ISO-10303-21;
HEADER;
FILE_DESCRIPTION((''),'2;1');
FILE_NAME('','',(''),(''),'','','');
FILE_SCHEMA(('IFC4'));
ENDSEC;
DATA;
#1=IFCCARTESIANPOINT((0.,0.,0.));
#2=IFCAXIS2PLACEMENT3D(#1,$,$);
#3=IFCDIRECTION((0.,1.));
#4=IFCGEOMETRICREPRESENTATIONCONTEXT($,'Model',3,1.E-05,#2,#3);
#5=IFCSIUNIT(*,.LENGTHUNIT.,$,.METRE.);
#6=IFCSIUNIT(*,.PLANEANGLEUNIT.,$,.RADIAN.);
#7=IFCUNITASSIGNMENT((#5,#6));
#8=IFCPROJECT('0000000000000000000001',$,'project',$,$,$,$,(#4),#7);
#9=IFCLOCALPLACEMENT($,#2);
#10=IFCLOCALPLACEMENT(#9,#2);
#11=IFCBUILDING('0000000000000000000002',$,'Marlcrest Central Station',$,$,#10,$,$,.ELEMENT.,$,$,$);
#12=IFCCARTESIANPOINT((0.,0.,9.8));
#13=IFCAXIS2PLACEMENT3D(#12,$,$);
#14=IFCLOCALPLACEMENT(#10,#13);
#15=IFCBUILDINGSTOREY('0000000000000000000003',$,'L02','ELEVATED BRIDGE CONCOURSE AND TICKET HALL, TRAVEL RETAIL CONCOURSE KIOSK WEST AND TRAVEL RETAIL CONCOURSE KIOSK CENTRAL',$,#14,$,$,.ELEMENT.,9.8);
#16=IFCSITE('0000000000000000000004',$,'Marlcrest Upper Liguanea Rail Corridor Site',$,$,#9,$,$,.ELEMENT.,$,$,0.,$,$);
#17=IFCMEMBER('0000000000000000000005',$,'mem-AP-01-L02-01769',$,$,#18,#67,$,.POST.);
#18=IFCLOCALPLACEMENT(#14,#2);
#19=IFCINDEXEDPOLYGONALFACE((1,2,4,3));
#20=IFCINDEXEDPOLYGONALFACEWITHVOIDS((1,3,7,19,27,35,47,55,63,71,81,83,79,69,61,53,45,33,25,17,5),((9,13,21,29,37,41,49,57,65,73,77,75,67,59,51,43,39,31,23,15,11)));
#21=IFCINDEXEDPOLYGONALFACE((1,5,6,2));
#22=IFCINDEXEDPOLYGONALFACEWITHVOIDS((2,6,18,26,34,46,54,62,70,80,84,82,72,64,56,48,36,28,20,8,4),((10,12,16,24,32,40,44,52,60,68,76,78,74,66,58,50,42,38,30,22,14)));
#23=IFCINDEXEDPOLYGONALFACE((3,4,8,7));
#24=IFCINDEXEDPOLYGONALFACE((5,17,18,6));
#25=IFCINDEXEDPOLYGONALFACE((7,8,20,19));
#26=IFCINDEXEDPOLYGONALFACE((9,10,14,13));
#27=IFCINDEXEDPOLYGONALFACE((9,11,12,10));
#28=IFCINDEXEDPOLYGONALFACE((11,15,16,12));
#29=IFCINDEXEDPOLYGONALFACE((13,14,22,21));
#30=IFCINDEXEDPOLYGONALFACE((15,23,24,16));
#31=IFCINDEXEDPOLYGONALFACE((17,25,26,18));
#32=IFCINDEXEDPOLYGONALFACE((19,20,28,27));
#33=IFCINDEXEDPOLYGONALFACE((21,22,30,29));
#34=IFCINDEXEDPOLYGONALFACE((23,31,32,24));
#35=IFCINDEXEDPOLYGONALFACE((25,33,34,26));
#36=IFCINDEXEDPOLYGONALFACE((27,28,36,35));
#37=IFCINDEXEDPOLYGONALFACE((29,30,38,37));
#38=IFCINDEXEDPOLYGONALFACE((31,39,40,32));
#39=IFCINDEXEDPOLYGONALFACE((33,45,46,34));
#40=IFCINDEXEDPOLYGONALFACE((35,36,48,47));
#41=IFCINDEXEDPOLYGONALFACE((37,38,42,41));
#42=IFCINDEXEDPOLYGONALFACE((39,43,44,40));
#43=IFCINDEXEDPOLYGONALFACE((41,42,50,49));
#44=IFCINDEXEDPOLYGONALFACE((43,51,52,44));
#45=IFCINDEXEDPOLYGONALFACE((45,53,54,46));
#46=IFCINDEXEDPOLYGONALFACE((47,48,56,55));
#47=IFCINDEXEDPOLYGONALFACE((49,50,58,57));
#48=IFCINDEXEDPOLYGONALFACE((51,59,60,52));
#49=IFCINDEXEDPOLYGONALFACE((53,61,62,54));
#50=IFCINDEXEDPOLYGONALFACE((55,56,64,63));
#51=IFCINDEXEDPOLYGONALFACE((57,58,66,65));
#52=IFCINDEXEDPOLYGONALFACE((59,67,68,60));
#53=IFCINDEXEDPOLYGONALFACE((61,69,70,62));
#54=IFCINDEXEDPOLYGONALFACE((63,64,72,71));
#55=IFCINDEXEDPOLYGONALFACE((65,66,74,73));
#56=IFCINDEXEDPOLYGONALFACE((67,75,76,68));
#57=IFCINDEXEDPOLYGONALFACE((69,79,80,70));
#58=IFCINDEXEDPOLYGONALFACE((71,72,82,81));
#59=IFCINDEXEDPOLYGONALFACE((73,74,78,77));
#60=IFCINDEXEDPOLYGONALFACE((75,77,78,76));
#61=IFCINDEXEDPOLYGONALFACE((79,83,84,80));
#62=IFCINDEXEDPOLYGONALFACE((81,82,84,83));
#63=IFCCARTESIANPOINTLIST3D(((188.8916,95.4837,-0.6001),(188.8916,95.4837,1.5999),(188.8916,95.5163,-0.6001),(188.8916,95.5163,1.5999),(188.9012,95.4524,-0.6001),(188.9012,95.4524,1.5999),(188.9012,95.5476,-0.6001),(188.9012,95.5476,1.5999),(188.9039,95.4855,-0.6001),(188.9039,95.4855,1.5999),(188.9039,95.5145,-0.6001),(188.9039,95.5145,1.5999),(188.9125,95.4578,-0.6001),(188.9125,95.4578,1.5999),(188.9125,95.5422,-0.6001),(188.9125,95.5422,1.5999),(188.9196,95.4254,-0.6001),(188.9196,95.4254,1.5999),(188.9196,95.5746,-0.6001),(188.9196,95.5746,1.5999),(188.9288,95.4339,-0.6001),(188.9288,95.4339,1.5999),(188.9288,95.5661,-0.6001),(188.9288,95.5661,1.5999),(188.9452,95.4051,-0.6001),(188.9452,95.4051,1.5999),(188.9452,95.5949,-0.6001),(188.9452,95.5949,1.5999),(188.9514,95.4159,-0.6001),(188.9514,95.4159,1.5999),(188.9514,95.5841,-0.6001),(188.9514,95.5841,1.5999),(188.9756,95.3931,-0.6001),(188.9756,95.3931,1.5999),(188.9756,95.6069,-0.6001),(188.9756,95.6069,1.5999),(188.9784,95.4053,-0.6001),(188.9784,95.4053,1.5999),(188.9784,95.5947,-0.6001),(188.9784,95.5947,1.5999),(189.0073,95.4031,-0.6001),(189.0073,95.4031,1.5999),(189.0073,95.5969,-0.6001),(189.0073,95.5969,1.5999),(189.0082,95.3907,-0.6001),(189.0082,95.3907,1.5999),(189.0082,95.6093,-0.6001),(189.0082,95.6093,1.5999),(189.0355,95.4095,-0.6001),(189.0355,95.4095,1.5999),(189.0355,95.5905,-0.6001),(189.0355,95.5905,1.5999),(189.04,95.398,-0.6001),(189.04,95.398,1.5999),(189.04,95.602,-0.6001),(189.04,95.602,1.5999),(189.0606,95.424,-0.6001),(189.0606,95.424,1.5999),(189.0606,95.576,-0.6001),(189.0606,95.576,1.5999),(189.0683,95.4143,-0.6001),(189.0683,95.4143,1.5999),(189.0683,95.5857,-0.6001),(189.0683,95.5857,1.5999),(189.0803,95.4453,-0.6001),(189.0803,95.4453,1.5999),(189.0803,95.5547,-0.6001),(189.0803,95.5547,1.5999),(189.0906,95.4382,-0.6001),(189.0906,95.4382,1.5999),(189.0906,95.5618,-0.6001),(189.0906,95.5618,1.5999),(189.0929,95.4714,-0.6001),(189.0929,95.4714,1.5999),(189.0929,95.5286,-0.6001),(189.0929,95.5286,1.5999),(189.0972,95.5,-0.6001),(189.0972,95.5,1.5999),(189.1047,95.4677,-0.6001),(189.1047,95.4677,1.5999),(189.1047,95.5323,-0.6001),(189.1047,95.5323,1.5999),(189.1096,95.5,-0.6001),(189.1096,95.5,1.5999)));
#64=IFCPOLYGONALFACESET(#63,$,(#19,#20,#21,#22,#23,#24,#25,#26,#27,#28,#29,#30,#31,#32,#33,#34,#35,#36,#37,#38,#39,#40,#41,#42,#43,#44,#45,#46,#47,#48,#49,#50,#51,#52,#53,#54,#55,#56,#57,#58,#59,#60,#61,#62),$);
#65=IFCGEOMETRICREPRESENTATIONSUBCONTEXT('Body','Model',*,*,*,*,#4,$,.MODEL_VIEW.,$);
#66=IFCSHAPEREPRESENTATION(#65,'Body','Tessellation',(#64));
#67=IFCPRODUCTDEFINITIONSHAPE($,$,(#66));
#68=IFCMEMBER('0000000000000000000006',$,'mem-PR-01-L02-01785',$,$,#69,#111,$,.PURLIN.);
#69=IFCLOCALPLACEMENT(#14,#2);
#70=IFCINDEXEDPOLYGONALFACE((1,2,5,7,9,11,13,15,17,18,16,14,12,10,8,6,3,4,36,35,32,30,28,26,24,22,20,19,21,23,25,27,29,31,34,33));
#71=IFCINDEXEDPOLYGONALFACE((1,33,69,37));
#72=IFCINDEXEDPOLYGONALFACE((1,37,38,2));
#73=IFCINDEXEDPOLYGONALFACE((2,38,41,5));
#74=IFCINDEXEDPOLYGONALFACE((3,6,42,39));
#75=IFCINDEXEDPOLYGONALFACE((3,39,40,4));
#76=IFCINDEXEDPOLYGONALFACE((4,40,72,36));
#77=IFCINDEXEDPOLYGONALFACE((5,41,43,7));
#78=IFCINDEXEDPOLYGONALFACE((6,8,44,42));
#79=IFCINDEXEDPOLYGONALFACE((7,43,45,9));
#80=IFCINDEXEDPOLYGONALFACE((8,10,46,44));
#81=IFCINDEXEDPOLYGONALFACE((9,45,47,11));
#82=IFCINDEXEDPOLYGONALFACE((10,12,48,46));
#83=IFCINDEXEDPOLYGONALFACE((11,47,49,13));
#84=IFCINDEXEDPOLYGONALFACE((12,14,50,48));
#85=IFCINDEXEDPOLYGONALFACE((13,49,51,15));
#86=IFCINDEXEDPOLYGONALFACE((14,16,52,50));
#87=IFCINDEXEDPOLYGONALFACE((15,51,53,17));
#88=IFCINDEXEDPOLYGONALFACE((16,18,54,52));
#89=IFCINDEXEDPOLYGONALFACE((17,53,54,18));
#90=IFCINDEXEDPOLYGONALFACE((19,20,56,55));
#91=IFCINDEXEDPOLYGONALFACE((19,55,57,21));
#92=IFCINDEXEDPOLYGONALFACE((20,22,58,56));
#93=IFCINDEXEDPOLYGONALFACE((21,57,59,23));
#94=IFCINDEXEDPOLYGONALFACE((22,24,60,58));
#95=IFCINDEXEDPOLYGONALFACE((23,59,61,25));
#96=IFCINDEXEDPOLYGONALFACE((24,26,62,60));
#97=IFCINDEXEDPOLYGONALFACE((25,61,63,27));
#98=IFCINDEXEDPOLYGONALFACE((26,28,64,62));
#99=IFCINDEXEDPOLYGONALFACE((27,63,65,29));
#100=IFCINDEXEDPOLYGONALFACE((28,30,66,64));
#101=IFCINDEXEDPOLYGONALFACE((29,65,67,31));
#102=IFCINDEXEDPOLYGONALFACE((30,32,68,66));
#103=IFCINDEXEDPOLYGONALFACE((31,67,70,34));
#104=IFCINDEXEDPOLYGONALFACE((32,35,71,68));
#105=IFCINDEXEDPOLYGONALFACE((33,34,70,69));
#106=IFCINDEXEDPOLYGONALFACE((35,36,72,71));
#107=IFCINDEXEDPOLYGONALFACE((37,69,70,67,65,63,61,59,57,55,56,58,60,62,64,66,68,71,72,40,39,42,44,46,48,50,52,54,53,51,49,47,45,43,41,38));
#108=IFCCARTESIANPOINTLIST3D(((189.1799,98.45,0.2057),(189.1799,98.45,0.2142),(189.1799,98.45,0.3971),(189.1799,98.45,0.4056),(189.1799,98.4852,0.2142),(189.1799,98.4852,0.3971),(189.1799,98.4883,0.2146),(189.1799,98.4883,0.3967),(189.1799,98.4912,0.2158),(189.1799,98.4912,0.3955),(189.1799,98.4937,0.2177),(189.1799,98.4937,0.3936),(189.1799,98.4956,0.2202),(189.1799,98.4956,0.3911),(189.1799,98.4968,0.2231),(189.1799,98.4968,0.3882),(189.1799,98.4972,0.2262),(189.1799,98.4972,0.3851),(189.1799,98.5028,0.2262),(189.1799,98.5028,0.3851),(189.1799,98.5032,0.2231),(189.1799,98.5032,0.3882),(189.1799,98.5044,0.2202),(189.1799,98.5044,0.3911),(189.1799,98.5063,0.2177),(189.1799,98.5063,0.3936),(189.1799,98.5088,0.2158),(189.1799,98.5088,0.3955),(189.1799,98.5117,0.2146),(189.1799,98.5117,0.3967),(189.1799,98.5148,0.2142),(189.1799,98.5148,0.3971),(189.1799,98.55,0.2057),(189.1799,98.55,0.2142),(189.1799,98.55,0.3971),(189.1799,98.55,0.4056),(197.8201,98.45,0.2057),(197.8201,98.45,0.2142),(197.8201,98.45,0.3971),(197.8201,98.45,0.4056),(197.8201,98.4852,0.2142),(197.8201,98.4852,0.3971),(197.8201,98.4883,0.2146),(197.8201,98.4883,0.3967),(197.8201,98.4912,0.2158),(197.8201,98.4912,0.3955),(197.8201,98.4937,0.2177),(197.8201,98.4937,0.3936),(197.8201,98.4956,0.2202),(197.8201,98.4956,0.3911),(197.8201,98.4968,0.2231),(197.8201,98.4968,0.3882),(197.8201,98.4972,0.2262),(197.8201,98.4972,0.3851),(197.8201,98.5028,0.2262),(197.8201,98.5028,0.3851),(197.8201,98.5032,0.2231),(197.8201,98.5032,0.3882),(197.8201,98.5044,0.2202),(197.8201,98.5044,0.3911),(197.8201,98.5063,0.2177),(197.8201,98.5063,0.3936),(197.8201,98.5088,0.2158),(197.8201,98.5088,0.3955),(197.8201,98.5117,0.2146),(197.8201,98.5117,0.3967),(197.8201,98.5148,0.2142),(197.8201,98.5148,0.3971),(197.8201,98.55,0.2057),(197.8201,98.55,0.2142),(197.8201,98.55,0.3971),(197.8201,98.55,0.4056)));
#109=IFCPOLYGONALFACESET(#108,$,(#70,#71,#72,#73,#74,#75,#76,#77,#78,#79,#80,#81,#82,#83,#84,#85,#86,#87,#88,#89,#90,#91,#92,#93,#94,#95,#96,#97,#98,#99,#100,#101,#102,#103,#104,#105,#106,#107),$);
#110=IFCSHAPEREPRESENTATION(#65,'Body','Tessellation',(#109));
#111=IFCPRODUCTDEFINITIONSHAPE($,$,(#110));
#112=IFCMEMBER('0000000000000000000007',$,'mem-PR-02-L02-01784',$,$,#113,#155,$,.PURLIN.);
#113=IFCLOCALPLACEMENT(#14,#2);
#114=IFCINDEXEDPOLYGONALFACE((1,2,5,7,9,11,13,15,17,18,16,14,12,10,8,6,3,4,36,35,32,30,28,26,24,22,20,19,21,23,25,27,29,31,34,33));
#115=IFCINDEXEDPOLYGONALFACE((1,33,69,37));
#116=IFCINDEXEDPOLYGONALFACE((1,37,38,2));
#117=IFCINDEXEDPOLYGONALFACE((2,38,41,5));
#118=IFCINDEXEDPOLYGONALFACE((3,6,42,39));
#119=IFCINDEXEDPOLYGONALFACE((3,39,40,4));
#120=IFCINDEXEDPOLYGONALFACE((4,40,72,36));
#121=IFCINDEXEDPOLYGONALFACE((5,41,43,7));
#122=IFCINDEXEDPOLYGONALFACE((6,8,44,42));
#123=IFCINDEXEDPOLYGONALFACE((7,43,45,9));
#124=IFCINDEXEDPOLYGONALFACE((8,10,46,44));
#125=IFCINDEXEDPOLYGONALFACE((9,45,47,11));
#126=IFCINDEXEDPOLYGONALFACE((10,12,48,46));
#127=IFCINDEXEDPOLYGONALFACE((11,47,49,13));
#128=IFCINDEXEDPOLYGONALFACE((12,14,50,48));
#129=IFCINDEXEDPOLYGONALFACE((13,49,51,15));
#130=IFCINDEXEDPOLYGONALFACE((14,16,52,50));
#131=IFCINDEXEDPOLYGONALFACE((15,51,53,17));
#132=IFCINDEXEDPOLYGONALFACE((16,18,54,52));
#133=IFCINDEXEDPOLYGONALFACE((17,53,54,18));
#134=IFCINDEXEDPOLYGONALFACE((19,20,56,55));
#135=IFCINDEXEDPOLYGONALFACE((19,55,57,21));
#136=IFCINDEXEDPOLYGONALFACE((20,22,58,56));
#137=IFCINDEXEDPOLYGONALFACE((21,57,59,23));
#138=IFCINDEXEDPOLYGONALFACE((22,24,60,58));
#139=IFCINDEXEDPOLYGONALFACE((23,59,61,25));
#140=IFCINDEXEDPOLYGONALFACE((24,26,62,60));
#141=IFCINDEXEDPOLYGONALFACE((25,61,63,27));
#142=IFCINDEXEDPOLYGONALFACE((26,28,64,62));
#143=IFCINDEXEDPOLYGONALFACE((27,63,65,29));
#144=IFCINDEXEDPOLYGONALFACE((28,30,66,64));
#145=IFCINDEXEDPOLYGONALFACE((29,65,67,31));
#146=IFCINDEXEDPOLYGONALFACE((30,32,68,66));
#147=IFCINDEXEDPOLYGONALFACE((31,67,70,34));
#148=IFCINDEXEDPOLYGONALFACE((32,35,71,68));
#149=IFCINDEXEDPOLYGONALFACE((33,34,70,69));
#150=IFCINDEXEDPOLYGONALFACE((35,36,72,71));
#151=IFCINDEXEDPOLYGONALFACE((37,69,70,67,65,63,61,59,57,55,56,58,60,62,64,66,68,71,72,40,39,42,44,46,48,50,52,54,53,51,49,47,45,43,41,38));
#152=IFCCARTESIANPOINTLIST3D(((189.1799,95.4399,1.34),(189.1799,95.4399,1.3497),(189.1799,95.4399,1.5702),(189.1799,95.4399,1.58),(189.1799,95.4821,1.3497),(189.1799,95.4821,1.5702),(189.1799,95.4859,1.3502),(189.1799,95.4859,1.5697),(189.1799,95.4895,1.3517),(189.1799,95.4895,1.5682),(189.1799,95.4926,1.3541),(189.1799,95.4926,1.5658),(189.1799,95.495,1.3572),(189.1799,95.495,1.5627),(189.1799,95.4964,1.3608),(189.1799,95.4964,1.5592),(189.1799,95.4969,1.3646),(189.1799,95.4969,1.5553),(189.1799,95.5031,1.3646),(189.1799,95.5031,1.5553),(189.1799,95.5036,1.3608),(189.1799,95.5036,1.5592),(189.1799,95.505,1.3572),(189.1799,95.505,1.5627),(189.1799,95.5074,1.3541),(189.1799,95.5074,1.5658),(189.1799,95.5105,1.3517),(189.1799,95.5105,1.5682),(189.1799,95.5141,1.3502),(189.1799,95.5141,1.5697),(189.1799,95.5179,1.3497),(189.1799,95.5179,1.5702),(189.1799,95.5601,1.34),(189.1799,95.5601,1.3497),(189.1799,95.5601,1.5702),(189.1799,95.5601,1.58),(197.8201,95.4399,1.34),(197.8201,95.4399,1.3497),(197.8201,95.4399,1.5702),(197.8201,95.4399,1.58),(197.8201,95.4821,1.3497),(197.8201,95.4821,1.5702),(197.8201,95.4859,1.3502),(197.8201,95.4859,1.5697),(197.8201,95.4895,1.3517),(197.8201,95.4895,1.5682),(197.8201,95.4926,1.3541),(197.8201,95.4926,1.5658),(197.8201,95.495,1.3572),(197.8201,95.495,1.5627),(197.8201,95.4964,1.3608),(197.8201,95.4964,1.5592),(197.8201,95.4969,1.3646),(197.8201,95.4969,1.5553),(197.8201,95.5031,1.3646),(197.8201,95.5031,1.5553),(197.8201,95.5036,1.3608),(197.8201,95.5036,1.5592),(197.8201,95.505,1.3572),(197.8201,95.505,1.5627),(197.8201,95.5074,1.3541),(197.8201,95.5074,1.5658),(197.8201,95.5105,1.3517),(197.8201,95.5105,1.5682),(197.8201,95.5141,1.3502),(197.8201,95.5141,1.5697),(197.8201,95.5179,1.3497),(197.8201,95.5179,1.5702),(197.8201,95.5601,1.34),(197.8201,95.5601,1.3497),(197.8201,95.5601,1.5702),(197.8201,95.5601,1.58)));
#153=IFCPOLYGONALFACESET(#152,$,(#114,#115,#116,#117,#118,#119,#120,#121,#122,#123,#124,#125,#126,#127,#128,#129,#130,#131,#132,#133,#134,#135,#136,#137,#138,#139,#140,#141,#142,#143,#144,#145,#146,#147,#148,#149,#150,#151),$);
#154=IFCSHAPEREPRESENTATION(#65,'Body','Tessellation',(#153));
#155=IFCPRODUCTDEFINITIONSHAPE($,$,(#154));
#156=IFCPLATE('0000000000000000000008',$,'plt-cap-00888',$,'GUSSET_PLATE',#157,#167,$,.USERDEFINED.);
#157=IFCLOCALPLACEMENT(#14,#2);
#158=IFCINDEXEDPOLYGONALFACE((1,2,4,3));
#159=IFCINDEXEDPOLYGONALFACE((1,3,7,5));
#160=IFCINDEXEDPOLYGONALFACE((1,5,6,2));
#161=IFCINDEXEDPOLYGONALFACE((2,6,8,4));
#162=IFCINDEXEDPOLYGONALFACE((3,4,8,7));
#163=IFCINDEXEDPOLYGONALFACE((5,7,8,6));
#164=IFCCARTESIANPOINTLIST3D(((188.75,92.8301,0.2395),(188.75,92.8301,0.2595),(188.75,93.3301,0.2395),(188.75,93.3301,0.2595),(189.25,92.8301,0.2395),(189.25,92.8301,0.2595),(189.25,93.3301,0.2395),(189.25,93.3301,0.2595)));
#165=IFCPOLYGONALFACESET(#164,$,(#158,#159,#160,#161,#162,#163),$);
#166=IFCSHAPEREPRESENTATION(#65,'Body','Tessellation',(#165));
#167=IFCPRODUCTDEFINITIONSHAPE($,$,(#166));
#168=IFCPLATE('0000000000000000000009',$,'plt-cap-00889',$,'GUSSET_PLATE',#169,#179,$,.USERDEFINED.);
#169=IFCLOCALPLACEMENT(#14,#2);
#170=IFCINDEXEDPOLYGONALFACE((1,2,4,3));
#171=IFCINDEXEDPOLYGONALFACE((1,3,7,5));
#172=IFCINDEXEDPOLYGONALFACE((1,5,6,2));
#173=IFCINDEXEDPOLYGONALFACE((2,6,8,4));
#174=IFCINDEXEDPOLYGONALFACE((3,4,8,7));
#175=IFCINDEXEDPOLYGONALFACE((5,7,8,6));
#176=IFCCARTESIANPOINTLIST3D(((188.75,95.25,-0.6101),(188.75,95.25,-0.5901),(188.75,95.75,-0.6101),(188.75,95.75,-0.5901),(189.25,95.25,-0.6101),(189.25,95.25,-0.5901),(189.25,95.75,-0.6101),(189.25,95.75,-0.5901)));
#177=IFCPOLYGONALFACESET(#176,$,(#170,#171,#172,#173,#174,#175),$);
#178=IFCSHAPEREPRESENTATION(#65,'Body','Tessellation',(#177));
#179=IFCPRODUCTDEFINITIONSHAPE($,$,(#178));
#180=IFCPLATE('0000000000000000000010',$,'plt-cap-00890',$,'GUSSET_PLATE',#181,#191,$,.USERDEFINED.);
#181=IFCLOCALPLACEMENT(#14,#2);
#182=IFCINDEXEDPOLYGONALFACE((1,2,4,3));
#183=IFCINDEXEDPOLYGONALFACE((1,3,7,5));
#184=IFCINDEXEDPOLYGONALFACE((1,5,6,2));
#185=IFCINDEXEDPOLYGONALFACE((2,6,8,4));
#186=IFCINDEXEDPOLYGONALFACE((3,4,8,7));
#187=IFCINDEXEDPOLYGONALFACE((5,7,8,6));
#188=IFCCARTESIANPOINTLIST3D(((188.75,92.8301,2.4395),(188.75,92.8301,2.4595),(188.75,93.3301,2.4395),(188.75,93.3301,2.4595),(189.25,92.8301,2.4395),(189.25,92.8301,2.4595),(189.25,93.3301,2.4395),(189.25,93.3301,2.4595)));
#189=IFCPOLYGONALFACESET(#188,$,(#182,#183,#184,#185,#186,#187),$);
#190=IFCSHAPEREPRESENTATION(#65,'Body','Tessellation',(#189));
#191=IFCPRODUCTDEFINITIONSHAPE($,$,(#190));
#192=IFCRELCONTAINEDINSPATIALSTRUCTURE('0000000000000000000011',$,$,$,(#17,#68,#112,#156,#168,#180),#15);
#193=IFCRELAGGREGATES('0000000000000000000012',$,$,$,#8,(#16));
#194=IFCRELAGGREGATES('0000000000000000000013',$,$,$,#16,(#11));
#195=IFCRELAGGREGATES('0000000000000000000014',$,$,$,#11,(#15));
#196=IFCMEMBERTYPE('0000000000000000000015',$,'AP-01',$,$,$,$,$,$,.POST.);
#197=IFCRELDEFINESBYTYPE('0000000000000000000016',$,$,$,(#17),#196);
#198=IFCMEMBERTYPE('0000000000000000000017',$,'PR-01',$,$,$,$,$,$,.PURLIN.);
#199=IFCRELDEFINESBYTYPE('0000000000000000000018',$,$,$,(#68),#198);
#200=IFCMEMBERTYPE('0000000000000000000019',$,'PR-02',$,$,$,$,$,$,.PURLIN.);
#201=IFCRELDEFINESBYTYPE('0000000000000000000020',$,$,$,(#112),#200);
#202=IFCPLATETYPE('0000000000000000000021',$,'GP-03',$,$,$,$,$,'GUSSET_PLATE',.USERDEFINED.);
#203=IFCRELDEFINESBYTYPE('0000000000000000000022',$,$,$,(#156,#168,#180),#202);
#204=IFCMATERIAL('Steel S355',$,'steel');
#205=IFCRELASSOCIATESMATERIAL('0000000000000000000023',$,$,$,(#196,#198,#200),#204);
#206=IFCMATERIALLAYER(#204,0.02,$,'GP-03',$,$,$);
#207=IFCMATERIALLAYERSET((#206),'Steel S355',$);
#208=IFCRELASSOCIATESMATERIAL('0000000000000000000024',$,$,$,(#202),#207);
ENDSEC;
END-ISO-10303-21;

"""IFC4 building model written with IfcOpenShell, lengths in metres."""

from ifc_helpers import new_model, si_unit, direction, frame, origin, origin_2d, place, context, subcontext, project, spatial, rectangle, hollow_circle, i_section, extrude, material, layer, layer_set, material_profile, profile_set, type_object, element, save


model = new_model("IFC4")

# Units and contexts
model_context = context("Model", 3, precision=1e-05, world=origin(), true_north=direction((0.0, 1.0)))
body_context = subcontext(model_context, "Body", "Model", "MODEL_VIEW")
ifc_project = project(units=[si_unit("LENGTHUNIT", "METRE"), si_unit("PLANEANGLEUNIT", "RADIAN")], contexts=[model_context])

# Site, building, storey
site_placement = place(None, origin())
site = spatial("IfcSite", under=ifc_project, at=site_placement, Name="Marlcrest Upper Liguanea Rail Corridor Site", CompositionType="ELEMENT", RefElevation=0.0)
building_placement = place(site_placement, origin())
building = spatial("IfcBuilding", under=site, at=building_placement, Name="Marlcrest Central Station", CompositionType="ELEMENT")
storey_placement = place(building_placement, frame((0.0, 0.0, 9.8)))
storey = spatial("IfcBuildingStorey", under=building, at=storey_placement, Name="L02", Description="ELEVATED BRIDGE CONCOURSE AND TICKET HALL, TRAVEL RETAIL CONCOURSE KIOSK WEST AND TRAVEL RETAIL CONCOURSE KIOSK CENTRAL", CompositionType="ELEMENT", Elevation=9.8)

# Members
ifc_material_1 = material(Name="Steel S355", Category="steel")
ifc_material_profile_1 = material_profile(ifc_material_1, hollow_circle(Radius=0.1096, WallThickness=0.0125, at=origin_2d()), Name="CHS 219.1x12.5")
ifc_profile_set_1 = profile_set([ifc_material_profile_1], Name="Steel S355")
member_type_1 = type_object("IfcMemberType", Name="AP-01", PredefinedType="POST", material=ifc_profile_set_1)
for number, where, z_axis, x_axis, name in (
    (1, (189.0, 95.5, -0.6001), (0.0, 0.0, 1.0), (1.0, 0.0, 0.0), "mem-AP-01-L02-01769"),
):
    element("IfcMember", number, at=place(storey_placement, frame(where, z_axis=z_axis, x_axis=x_axis)), inside=storey, type_object=member_type_1, Name=name, PredefinedType="POST", context=body_context, shape_type="SweptSolid", body=[
        extrude(hollow_circle(Radius=0.1096, WallThickness=0.0125, at=origin_2d()), origin(), (0.0, 0.0, 1.0), 2.2),
    ])
ifc_material_profile_2 = material_profile(ifc_material_1, i_section(OverallWidth=0.1001, OverallDepth=0.2, WebThickness=0.0056, FlangeThickness=0.0085, FilletRadius=0.012, at=origin_2d()), Name="IPE 200")
ifc_profile_set_2 = profile_set([ifc_material_profile_2], Name="Steel S355")
member_type_2 = type_object("IfcMemberType", Name="PR-01", PredefinedType="PURLIN", material=ifc_profile_set_2)
member_1_placement = place(storey_placement, frame((189.1799, 98.5, 0.3057), z_axis=(1.0, 0.0, 0.0), x_axis=(0.0, 1.0, 0.0)))
element("IfcMember", 2, at=member_1_placement, inside=storey, type_object=member_type_2, Name="mem-PR-01-L02-01785", PredefinedType="PURLIN", context=body_context, shape_type="SweptSolid", body=[
    extrude(i_section(OverallWidth=0.1001, OverallDepth=0.2, WebThickness=0.0056, FlangeThickness=0.0085, FilletRadius=0.012, at=origin_2d()), origin(), (0.0, 0.0, 1.0), 8.6401),
])
ifc_material_profile_3 = material_profile(ifc_material_1, i_section(OverallWidth=0.1201, OverallDepth=0.24, WebThickness=0.0061, FlangeThickness=0.0098, FilletRadius=0.0149, at=origin_2d()), Name="IPE 240")
ifc_profile_set_3 = profile_set([ifc_material_profile_3], Name="Steel S355")
member_type_3 = type_object("IfcMemberType", Name="PR-02", PredefinedType="PURLIN", material=ifc_profile_set_3)
member_2_placement = place(storey_placement, frame((189.1799, 95.5, 1.46), z_axis=(1.0, 0.0, 0.0), x_axis=(0.0, 1.0, 0.0)))
element("IfcMember", 3, at=member_2_placement, inside=storey, type_object=member_type_3, Name="mem-PR-02-L02-01784", PredefinedType="PURLIN", context=body_context, shape_type="SweptSolid", body=[
    extrude(i_section(OverallWidth=0.1201, OverallDepth=0.24, WebThickness=0.0061, FlangeThickness=0.0098, FilletRadius=0.0149, at=origin_2d()), origin(), (0.0, 0.0, 1.0), 8.6401),
])

# Plates
ifc_layer_1 = layer(ifc_material_1, 0.02, Name="GP-03")
ifc_layer_set_1 = layer_set([ifc_layer_1], Name="Steel S355")
plate_type = type_object("IfcPlateType", Name="GP-03", ElementType="GUSSET_PLATE", PredefinedType="USERDEFINED", material=ifc_layer_set_1)
for number, where, z_axis, x_axis, name in (
    (4, (189.0, 93.0801, 0.2395), (0.0, 0.0, 1.0), (1.0, 0.0, 0.0), "plt-cap-00888"),
    (5, (189.0, 95.5, -0.6101), (0.0, 0.0, 1.0), (1.0, 0.0, 0.0), "plt-cap-00889"),
    (6, (189.0, 93.0801, 2.4395), (0.0, 0.0, 1.0), (1.0, 0.0, 0.0), "plt-cap-00890"),
):
    element("IfcPlate", number, at=place(storey_placement, frame(where, z_axis=z_axis, x_axis=x_axis)), inside=storey, type_object=plate_type, Name=name, ObjectType="GUSSET_PLATE", PredefinedType="USERDEFINED", context=body_context, shape_type="SweptSolid", body=[
        extrude(rectangle(XDim=0.5, YDim=0.5, at=origin_2d()), origin(), (0.0, 0.0, 1.0), 0.02),
    ])

save(model, "model.ifc")
